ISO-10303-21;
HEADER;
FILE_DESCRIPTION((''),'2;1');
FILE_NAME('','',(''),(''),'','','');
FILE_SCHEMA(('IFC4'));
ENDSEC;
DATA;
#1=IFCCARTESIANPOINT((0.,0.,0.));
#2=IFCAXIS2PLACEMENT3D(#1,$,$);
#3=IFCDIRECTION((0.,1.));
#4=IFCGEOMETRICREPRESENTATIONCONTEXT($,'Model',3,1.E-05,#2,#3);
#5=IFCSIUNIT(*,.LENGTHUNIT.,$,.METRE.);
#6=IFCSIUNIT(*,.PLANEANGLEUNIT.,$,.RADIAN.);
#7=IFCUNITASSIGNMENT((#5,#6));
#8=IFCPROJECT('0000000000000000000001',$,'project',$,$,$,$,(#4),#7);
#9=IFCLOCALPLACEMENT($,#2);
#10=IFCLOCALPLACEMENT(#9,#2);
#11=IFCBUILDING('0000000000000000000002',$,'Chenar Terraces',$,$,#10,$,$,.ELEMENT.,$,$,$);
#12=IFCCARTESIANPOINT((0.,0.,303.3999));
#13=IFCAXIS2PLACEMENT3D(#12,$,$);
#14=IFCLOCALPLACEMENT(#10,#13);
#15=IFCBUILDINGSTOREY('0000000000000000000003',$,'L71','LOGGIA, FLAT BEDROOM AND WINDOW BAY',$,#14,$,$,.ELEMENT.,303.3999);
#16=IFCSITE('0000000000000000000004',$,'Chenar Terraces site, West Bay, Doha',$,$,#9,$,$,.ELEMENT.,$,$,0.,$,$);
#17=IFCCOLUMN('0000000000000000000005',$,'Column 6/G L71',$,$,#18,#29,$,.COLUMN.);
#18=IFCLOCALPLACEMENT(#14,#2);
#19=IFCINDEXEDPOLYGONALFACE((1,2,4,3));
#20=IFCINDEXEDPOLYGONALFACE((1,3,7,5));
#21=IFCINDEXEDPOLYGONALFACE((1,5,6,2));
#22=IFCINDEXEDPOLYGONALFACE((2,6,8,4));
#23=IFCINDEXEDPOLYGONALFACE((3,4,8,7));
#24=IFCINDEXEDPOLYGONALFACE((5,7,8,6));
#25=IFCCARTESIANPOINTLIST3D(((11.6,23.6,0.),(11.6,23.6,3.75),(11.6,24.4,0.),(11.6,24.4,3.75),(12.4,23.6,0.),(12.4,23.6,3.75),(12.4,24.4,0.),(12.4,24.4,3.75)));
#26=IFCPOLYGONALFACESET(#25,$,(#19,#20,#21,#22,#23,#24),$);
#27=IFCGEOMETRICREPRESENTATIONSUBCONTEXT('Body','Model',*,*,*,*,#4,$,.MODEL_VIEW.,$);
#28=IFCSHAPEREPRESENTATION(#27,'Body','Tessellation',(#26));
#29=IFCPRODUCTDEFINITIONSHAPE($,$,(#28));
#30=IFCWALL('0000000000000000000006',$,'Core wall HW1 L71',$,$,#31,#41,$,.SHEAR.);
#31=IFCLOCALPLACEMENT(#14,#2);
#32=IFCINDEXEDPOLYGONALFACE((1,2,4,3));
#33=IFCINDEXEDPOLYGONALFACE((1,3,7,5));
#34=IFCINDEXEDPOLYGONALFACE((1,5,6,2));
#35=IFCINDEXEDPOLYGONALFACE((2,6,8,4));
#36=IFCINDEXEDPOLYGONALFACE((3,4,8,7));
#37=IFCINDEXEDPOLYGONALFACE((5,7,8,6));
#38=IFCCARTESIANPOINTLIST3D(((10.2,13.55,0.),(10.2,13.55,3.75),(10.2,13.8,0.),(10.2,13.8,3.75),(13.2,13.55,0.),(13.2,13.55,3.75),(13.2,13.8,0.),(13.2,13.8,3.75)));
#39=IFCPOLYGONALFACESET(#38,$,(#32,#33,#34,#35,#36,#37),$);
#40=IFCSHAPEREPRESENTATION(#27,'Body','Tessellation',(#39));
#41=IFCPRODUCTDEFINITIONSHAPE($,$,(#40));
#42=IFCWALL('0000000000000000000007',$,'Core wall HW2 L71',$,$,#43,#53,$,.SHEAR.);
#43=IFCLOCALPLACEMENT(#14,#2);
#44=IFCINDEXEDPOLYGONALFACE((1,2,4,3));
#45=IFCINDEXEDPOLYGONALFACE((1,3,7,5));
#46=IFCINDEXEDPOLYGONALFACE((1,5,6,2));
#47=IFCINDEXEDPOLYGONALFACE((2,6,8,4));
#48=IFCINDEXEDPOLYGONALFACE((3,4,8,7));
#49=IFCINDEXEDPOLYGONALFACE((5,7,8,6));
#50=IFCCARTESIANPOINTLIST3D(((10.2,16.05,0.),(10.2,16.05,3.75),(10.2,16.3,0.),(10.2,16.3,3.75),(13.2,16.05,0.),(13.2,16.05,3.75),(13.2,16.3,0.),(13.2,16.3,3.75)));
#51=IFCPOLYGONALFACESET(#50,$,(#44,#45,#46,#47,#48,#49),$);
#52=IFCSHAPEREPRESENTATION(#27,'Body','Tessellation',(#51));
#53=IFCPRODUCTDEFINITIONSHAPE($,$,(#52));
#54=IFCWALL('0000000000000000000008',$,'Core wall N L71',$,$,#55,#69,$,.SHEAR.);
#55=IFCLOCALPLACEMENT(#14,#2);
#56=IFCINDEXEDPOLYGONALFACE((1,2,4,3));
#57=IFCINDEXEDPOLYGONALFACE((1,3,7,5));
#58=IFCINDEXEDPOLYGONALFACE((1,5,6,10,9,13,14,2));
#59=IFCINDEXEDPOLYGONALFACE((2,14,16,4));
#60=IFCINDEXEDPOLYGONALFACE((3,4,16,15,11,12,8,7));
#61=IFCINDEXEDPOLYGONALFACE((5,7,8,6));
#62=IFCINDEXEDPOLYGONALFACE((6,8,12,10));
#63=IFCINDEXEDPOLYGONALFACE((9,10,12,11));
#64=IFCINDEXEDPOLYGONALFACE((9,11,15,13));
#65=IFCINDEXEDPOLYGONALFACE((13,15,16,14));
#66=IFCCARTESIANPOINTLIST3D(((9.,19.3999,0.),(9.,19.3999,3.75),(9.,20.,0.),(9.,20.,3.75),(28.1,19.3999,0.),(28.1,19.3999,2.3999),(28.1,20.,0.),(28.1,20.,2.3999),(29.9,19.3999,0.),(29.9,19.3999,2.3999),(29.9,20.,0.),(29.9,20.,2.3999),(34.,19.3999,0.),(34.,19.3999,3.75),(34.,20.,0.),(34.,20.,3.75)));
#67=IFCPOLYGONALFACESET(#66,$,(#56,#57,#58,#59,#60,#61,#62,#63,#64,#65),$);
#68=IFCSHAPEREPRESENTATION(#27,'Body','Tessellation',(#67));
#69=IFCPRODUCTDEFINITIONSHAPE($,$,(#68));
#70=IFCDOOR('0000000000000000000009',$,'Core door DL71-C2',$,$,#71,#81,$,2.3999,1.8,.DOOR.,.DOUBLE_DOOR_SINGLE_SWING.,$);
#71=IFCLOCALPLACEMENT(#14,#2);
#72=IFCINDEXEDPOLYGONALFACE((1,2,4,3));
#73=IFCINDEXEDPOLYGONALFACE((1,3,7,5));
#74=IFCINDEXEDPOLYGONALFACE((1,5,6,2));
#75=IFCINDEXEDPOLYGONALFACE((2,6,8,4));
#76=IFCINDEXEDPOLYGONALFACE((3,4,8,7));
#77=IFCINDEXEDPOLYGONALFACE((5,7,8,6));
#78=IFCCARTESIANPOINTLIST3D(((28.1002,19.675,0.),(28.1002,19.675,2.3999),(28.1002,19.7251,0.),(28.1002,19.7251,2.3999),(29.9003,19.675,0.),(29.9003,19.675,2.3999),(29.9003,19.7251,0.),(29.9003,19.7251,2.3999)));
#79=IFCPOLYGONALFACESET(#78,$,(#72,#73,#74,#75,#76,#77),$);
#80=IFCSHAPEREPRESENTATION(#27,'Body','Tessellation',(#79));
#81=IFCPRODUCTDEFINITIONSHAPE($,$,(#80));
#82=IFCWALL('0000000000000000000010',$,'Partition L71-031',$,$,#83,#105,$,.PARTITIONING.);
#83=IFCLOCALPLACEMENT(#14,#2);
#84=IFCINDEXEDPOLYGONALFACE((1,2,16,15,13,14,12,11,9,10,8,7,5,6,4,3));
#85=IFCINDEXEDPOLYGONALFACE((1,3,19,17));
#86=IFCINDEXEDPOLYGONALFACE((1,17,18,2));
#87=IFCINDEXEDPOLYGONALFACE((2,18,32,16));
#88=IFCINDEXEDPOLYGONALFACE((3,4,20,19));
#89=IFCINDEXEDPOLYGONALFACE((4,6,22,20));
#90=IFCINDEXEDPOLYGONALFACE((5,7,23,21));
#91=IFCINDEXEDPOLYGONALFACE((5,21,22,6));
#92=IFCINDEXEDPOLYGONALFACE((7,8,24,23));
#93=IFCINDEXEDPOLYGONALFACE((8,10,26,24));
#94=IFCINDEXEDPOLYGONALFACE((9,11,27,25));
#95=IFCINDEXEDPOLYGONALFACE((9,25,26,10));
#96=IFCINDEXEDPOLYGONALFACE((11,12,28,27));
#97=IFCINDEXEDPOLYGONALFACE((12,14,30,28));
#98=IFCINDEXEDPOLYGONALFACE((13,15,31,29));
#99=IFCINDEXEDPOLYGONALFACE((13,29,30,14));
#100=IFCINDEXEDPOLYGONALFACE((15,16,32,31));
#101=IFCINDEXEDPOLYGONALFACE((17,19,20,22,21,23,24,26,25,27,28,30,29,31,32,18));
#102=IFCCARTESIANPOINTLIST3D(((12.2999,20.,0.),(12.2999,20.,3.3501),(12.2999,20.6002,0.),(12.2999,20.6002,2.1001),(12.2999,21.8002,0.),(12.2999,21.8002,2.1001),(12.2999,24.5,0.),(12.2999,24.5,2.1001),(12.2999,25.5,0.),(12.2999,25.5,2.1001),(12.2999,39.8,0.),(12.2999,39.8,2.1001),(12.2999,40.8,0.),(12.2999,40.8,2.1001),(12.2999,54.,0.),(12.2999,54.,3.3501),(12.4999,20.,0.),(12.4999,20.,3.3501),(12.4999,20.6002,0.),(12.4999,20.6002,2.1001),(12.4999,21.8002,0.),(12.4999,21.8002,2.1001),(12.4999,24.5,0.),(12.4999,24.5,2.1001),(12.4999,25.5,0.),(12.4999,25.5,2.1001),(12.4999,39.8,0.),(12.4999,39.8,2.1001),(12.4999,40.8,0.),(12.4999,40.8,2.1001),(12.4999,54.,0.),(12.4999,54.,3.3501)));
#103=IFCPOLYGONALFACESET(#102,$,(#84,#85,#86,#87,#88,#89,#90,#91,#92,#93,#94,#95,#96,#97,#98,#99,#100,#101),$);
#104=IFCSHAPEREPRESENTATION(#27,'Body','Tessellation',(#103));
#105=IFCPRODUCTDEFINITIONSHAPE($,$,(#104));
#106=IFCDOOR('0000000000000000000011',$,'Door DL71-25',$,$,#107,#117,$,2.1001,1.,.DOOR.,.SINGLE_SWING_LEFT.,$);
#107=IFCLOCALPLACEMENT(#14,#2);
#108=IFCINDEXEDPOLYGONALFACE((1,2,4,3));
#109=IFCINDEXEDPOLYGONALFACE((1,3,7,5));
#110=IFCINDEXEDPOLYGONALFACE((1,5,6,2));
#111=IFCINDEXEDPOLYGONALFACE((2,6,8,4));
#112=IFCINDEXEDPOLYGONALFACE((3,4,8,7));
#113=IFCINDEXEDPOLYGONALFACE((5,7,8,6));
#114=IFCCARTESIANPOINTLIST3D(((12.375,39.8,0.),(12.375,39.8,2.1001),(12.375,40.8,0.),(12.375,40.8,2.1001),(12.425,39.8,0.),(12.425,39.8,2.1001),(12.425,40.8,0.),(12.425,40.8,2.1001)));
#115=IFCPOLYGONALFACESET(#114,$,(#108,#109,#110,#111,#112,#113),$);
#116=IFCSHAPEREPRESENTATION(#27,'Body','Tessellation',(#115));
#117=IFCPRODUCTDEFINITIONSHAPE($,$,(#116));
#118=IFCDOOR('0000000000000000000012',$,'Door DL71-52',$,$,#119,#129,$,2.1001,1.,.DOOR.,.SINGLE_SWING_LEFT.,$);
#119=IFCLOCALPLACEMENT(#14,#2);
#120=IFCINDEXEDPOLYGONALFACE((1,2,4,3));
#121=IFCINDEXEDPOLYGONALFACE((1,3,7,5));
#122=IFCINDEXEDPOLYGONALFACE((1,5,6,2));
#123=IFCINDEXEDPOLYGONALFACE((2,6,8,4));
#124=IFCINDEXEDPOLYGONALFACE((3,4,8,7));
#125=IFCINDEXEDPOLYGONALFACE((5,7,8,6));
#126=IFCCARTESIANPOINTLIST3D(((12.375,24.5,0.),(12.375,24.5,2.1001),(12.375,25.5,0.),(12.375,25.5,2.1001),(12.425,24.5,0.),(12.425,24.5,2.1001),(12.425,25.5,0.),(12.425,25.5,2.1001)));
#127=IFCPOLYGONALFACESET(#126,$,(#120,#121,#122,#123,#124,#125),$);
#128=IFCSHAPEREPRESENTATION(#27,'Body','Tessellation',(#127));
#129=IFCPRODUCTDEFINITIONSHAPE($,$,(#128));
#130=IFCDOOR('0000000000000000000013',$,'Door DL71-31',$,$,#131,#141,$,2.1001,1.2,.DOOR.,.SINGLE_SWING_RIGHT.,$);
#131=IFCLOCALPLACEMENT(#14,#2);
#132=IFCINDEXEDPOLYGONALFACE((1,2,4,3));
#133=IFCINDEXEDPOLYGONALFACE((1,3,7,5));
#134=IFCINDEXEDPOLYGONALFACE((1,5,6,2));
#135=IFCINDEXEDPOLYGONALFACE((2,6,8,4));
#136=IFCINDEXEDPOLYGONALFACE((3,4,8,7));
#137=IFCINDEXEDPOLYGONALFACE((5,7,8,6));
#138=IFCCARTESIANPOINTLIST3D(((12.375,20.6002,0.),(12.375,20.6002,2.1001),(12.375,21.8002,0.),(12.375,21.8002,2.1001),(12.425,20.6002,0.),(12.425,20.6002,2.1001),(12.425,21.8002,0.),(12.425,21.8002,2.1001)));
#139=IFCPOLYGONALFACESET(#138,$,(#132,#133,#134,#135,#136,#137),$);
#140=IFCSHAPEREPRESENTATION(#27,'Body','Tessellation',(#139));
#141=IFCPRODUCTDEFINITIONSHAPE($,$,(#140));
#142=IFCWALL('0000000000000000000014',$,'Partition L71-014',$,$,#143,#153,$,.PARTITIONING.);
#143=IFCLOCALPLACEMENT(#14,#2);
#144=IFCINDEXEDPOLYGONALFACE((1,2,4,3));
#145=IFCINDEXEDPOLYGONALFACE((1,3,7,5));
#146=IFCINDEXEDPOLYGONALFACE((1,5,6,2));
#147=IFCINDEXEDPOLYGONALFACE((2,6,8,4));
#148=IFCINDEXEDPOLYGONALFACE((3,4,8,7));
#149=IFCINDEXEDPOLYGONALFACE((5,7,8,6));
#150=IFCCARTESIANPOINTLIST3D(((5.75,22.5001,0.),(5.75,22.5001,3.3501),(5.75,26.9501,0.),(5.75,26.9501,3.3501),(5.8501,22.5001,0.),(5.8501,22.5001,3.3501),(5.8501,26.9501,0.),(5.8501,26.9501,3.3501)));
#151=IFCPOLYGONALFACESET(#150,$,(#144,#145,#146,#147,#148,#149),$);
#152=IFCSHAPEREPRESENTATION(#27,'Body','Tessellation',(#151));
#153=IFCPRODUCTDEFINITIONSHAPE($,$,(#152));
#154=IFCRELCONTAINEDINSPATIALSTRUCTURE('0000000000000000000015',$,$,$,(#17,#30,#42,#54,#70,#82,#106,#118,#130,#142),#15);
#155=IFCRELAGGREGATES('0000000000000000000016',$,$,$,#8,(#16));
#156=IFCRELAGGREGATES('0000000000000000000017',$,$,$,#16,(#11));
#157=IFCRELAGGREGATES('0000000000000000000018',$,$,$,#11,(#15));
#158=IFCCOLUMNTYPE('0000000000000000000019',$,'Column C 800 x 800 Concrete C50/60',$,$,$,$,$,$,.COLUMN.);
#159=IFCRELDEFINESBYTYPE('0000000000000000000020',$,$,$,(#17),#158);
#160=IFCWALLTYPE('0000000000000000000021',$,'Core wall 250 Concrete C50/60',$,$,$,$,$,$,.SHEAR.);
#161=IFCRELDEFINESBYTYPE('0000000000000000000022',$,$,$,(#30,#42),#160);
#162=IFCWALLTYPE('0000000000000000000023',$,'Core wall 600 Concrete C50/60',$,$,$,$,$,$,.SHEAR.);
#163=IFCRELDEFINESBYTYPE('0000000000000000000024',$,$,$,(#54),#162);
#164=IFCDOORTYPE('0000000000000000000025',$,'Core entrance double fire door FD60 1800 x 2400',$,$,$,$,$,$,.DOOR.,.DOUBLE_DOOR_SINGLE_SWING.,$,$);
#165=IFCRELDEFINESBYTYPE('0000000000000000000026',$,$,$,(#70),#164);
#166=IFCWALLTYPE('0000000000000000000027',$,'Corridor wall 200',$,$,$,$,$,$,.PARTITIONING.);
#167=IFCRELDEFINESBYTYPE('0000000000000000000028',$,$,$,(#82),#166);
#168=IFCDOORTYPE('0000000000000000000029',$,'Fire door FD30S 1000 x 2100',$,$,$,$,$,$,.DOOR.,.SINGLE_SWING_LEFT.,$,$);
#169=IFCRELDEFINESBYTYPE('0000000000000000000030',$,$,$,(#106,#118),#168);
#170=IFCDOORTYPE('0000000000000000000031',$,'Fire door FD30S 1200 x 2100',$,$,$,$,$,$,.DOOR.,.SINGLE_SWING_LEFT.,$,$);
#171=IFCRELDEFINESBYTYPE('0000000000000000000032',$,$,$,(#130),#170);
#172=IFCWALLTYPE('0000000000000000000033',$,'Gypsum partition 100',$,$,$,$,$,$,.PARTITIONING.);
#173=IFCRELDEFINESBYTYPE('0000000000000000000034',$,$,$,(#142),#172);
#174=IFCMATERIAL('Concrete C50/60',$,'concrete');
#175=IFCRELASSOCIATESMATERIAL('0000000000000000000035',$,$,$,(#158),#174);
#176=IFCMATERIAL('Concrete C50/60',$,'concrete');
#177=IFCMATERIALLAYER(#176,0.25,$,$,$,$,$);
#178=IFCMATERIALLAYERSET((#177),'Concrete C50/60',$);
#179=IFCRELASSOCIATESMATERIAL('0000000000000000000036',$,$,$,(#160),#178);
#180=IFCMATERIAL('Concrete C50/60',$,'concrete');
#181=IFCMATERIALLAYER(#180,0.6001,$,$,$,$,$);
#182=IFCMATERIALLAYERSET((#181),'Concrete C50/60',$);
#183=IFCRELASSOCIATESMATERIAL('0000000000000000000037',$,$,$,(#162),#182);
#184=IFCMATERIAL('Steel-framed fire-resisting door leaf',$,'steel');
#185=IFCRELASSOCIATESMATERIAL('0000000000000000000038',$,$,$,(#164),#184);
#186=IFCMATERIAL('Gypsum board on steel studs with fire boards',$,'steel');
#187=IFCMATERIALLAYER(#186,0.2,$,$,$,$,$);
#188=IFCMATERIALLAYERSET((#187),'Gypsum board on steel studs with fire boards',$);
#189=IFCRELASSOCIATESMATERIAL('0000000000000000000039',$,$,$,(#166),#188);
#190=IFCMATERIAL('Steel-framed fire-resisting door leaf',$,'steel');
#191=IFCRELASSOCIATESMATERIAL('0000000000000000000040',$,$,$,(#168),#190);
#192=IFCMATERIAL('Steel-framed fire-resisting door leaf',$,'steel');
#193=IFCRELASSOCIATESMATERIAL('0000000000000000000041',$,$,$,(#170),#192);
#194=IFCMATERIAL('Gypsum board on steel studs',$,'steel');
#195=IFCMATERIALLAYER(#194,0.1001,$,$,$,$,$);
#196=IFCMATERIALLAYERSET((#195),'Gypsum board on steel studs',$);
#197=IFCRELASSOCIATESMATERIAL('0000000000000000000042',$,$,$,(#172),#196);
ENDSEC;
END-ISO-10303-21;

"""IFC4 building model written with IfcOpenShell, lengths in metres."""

from ifc_helpers import new_model, si_unit, direction, frame, frame_2d, origin, origin_2d, place, context, subcontext, project, spatial, rectangle, extrude, material, layer, layer_set, material_profile, profile_set, type_object, element, fill, save


model = new_model("IFC4")

# Units and contexts
model_context = context("Model", 3, precision=1e-05, world=origin(), true_north=direction((0.0, 1.0)))
body_context = subcontext(model_context, "Body", "Model", "MODEL_VIEW")
ifc_project = project(units=[si_unit("LENGTHUNIT", "METRE"), si_unit("PLANEANGLEUNIT", "RADIAN")], contexts=[model_context])

# Site, building, storey
site_placement = place(None, origin())
site = spatial("IfcSite", under=ifc_project, at=site_placement, Name="Chenar Terraces site, West Bay, Doha", CompositionType="ELEMENT", RefElevation=0.0)
building_placement = place(site_placement, origin())
building = spatial("IfcBuilding", under=site, at=building_placement, Name="Chenar Terraces", CompositionType="ELEMENT")
storey_placement = place(building_placement, frame((0.0, 0.0, 303.3999)))
storey = spatial("IfcBuildingStorey", under=building, at=storey_placement, Name="L71", Description="LOGGIA, FLAT BEDROOM AND WINDOW BAY", CompositionType="ELEMENT", Elevation=303.3999)

# Column
ifc_material_1 = material(Name="Concrete C50/60", Category="concrete")
ifc_material_profile = material_profile(ifc_material_1, rectangle(XDim=0.8, YDim=0.8, at=origin_2d()), Name="C 800 x 800")
ifc_profile_set = profile_set([ifc_material_profile], Name="Concrete C50/60")
column_type = type_object("IfcColumnType", Name="Column C 800 x 800 Concrete C50/60", PredefinedType="COLUMN", material=ifc_profile_set)
column_placement = place(storey_placement, frame((12.0, 24.0, 0.0), z_axis=(0.0, 0.0, 1.0), x_axis=(1.0, 0.0, 0.0)))
element("IfcColumn", 1, at=column_placement, inside=storey, type_object=column_type, Name="Column 6/G L71", PredefinedType="COLUMN", context=body_context, shape_type="SweptSolid", body=[
    extrude(rectangle(XDim=0.8, YDim=0.8, at=origin_2d()), origin(), (0.0, 0.0, 1.0), 3.75),
])

# Walls
ifc_material_2 = material(Name="Concrete C50/60", Category="concrete")
ifc_layer_1 = layer(ifc_material_2, 0.25)
ifc_layer_set_1 = layer_set([ifc_layer_1], Name="Concrete C50/60")
wall_type_1 = type_object("IfcWallType", Name="Core wall 250 Concrete C50/60", PredefinedType="SHEAR", material=ifc_layer_set_1)
for number, where, z_axis, x_axis, name in (
    (2, (10.2, 13.675, 0.0), (0.0, 0.0, 1.0), (1.0, 0.0, 0.0), "Core wall HW1 L71"),
    (3, (10.2, 16.175, 0.0), (0.0, 0.0, 1.0), (1.0, 0.0, 0.0), "Core wall HW2 L71"),
):
    element("IfcWall", number, at=place(storey_placement, frame(where, z_axis=z_axis, x_axis=x_axis)), inside=storey, type_object=wall_type_1, Name=name, PredefinedType="SHEAR", context=body_context, shape_type="SweptSolid", body=[
        extrude(rectangle(XDim=3.0, YDim=0.25, at=frame_2d((1.5, 0.0))), origin(), (0.0, 0.0, 1.0), 3.75),
    ])

# Wall, opening, door
ifc_material_3 = material(Name="Concrete C50/60", Category="concrete")
ifc_layer_2 = layer(ifc_material_3, 0.6001)
ifc_layer_set_2 = layer_set([ifc_layer_2], Name="Concrete C50/60")
wall_type_2 = type_object("IfcWallType", Name="Core wall 600 Concrete C50/60", PredefinedType="SHEAR", material=ifc_layer_set_2)
wall_1_placement = place(storey_placement, frame((9.0, 19.7, 0.0), z_axis=(0.0, 0.0, 1.0), x_axis=(1.0, 0.0, 0.0)))
wall_1 = element("IfcWall", 4, at=wall_1_placement, inside=storey, type_object=wall_type_2, Name="Core wall N L71", PredefinedType="SHEAR", context=body_context, shape_type="SweptSolid", body=[
    extrude(rectangle(XDim=25.0, YDim=0.6001, at=frame_2d((12.5, 0.0))), origin(), (0.0, 0.0, 1.0), 3.75),
])
opening_1_placement = place(wall_1_placement, frame((19.1001, 0.0, 0.0)))
opening_1 = element("IfcOpeningElement", 5, at=opening_1_placement, cuts=wall_1, PredefinedType="OPENING", context=body_context, shape_type="SweptSolid", body=[
    extrude(rectangle(XDim=1.8, YDim=2.3999, at=frame_2d((0.8999, 1.2))), frame((0.0, 0.3101, 0.0), z_axis=(0.0, -1.0, 0.0), x_axis=(1.0, 0.0, 0.0)), (0.0, 0.0, 1.0), 0.6201),
])
ifc_material_4 = material(Name="Steel-framed fire-resisting door leaf", Category="steel")
door_type_1 = type_object("IfcDoorType", Name="Core entrance double fire door FD60 1800 x 2400", OperationType="DOUBLE_DOOR_SINGLE_SWING", PredefinedType="DOOR", material=ifc_material_4)
door_1_placement = place(opening_1_placement, frame((1.8, 0.0, 0.0), z_axis=(0.0, 0.0, 1.0), x_axis=(-1.0, 0.0, 0.0)))
door_1 = element("IfcDoor", 6, at=door_1_placement, inside=storey, type_object=door_type_1, Name="Core door DL71-C2", OperationType="DOUBLE_DOOR_SINGLE_SWING", OverallHeight=2.3999, OverallWidth=1.8, PredefinedType="DOOR", context=body_context, shape_type="SweptSolid", body=[
    extrude(rectangle(XDim=1.8, YDim=2.3999, at=frame_2d((0.8999, 1.2))), frame((0.0, 0.0249, 0.0), z_axis=(0.0, -1.0, 0.0), x_axis=(1.0, 0.0, 0.0)), (0.0, 0.0, 1.0), 0.05),
])
fill(opening_1, door_1)

# Wall, openings, doors
ifc_material_5 = material(Name="Gypsum board on steel studs with fire boards", Category="steel")
ifc_layer_3 = layer(ifc_material_5, 0.2)
ifc_layer_set_3 = layer_set([ifc_layer_3], Name="Gypsum board on steel studs with fire boards")
wall_type_3 = type_object("IfcWallType", Name="Corridor wall 200", PredefinedType="PARTITIONING", material=ifc_layer_set_3)
wall_2_placement = place(storey_placement, frame((12.3999, 20.0, 0.0), z_axis=(0.0, 0.0, 1.0), x_axis=(0.0, 1.0, 0.0)))
wall_2 = element("IfcWall", 7, at=wall_2_placement, inside=storey, type_object=wall_type_3, Name="Partition L71-031", PredefinedType="PARTITIONING", context=body_context, shape_type="SweptSolid", body=[
    extrude(rectangle(XDim=34.0, YDim=0.2, at=frame_2d((17.0, 0.0))), origin(), (0.0, 0.0, 1.0), 3.3501),
])
opening_2_placement = place(wall_2_placement, frame((19.8, 0.0, 0.0)))
opening_2 = element("IfcOpeningElement", 8, at=opening_2_placement, cuts=wall_2, PredefinedType="OPENING", context=body_context, shape_type="SweptSolid", body=[
    extrude(rectangle(XDim=1.0, YDim=2.1001, at=frame_2d((0.5, 1.05))), frame((0.0, 0.1099, 0.0), z_axis=(0.0, -1.0, 0.0), x_axis=(1.0, 0.0, 0.0)), (0.0, 0.0, 1.0), 0.22),
])
opening_3_placement = place(wall_2_placement, frame((0.6001, 0.0, 0.0)))
opening_3 = element("IfcOpeningElement", 9, at=opening_3_placement, cuts=wall_2, PredefinedType="OPENING", context=body_context, shape_type="SweptSolid", body=[
    extrude(rectangle(XDim=1.2, YDim=2.1001, at=frame_2d((0.6001, 1.05))), frame((0.0, 0.1099, 0.0), z_axis=(0.0, -1.0, 0.0), x_axis=(1.0, 0.0, 0.0)), (0.0, 0.0, 1.0), 0.22),
])
opening_4_placement = place(wall_2_placement, frame((4.5, 0.0, 0.0)))
opening_4 = element("IfcOpeningElement", 10, at=opening_4_placement, cuts=wall_2, PredefinedType="OPENING", context=body_context, shape_type="SweptSolid", body=[
    extrude(rectangle(XDim=1.0, YDim=2.1001, at=frame_2d((0.5, 1.05))), frame((0.0, 0.1099, 0.0), z_axis=(0.0, -1.0, 0.0), x_axis=(1.0, 0.0, 0.0)), (0.0, 0.0, 1.0), 0.22),
])
ifc_material_6 = material(Name="Steel-framed fire-resisting door leaf", Category="steel")
door_type_2 = type_object("IfcDoorType", Name="Fire door FD30S 1000 x 2100", OperationType="SINGLE_SWING_LEFT", PredefinedType="DOOR", material=ifc_material_6)
door_2_placement = place(opening_2_placement, origin())
door_2 = element("IfcDoor", 11, at=door_2_placement, inside=storey, type_object=door_type_2, Name="Door DL71-25", OperationType="SINGLE_SWING_LEFT", OverallHeight=2.1001, OverallWidth=1.0, PredefinedType="DOOR", context=body_context, shape_type="SweptSolid", body=[
    extrude(rectangle(XDim=1.0, YDim=2.1001, at=frame_2d((0.5, 1.05))), frame((0.0, 0.0249, 0.0), z_axis=(0.0, -1.0, 0.0), x_axis=(1.0, 0.0, 0.0)), (0.0, 0.0, 1.0), 0.05),
])
fill(opening_2, door_2)
door_3_placement = place(opening_4_placement, origin())
door_3 = element("IfcDoor", 12, at=door_3_placement, inside=storey, type_object=door_type_2, Name="Door DL71-52", OperationType="SINGLE_SWING_LEFT", OverallHeight=2.1001, OverallWidth=1.0, PredefinedType="DOOR", context=body_context, shape_type="SweptSolid", body=[
    extrude(rectangle(XDim=1.0, YDim=2.1001, at=frame_2d((0.5, 1.05))), frame((0.0, 0.0249, 0.0), z_axis=(0.0, -1.0, 0.0), x_axis=(1.0, 0.0, 0.0)), (0.0, 0.0, 1.0), 0.05),
])
fill(opening_4, door_3)
ifc_material_7 = material(Name="Steel-framed fire-resisting door leaf", Category="steel")
door_type_3 = type_object("IfcDoorType", Name="Fire door FD30S 1200 x 2100", OperationType="SINGLE_SWING_LEFT", PredefinedType="DOOR", material=ifc_material_7)
door_4_placement = place(opening_3_placement, origin())
door_4 = element("IfcDoor", 13, at=door_4_placement, inside=storey, type_object=door_type_3, Name="Door DL71-31", OperationType="SINGLE_SWING_RIGHT", OverallHeight=2.1001, OverallWidth=1.2, PredefinedType="DOOR", context=body_context, shape_type="SweptSolid", body=[
    extrude(rectangle(XDim=1.2, YDim=2.1001, at=frame_2d((0.6001, 1.05))), frame((0.0, 0.0249, 0.0), z_axis=(0.0, -1.0, 0.0), x_axis=(1.0, 0.0, 0.0)), (0.0, 0.0, 1.0), 0.05),
])
fill(opening_3, door_4)

# Wall
ifc_material_8 = material(Name="Gypsum board on steel studs", Category="steel")
ifc_layer_4 = layer(ifc_material_8, 0.1001)
ifc_layer_set_4 = layer_set([ifc_layer_4], Name="Gypsum board on steel studs")
wall_type_4 = type_object("IfcWallType", Name="Gypsum partition 100", PredefinedType="PARTITIONING", material=ifc_layer_set_4)
wall_3_placement = place(storey_placement, frame((5.8, 22.5, 0.0), z_axis=(0.0, 0.0, 1.0), x_axis=(0.0, 1.0, 0.0)))
element("IfcWall", 14, at=wall_3_placement, inside=storey, type_object=wall_type_4, Name="Partition L71-014", PredefinedType="PARTITIONING", context=body_context, shape_type="SweptSolid", body=[
    extrude(rectangle(XDim=4.45, YDim=0.1001, at=frame_2d((2.2251, 0.0))), origin(), (0.0, 0.0, 1.0), 3.3501),
])

save(model, "model.ifc")
